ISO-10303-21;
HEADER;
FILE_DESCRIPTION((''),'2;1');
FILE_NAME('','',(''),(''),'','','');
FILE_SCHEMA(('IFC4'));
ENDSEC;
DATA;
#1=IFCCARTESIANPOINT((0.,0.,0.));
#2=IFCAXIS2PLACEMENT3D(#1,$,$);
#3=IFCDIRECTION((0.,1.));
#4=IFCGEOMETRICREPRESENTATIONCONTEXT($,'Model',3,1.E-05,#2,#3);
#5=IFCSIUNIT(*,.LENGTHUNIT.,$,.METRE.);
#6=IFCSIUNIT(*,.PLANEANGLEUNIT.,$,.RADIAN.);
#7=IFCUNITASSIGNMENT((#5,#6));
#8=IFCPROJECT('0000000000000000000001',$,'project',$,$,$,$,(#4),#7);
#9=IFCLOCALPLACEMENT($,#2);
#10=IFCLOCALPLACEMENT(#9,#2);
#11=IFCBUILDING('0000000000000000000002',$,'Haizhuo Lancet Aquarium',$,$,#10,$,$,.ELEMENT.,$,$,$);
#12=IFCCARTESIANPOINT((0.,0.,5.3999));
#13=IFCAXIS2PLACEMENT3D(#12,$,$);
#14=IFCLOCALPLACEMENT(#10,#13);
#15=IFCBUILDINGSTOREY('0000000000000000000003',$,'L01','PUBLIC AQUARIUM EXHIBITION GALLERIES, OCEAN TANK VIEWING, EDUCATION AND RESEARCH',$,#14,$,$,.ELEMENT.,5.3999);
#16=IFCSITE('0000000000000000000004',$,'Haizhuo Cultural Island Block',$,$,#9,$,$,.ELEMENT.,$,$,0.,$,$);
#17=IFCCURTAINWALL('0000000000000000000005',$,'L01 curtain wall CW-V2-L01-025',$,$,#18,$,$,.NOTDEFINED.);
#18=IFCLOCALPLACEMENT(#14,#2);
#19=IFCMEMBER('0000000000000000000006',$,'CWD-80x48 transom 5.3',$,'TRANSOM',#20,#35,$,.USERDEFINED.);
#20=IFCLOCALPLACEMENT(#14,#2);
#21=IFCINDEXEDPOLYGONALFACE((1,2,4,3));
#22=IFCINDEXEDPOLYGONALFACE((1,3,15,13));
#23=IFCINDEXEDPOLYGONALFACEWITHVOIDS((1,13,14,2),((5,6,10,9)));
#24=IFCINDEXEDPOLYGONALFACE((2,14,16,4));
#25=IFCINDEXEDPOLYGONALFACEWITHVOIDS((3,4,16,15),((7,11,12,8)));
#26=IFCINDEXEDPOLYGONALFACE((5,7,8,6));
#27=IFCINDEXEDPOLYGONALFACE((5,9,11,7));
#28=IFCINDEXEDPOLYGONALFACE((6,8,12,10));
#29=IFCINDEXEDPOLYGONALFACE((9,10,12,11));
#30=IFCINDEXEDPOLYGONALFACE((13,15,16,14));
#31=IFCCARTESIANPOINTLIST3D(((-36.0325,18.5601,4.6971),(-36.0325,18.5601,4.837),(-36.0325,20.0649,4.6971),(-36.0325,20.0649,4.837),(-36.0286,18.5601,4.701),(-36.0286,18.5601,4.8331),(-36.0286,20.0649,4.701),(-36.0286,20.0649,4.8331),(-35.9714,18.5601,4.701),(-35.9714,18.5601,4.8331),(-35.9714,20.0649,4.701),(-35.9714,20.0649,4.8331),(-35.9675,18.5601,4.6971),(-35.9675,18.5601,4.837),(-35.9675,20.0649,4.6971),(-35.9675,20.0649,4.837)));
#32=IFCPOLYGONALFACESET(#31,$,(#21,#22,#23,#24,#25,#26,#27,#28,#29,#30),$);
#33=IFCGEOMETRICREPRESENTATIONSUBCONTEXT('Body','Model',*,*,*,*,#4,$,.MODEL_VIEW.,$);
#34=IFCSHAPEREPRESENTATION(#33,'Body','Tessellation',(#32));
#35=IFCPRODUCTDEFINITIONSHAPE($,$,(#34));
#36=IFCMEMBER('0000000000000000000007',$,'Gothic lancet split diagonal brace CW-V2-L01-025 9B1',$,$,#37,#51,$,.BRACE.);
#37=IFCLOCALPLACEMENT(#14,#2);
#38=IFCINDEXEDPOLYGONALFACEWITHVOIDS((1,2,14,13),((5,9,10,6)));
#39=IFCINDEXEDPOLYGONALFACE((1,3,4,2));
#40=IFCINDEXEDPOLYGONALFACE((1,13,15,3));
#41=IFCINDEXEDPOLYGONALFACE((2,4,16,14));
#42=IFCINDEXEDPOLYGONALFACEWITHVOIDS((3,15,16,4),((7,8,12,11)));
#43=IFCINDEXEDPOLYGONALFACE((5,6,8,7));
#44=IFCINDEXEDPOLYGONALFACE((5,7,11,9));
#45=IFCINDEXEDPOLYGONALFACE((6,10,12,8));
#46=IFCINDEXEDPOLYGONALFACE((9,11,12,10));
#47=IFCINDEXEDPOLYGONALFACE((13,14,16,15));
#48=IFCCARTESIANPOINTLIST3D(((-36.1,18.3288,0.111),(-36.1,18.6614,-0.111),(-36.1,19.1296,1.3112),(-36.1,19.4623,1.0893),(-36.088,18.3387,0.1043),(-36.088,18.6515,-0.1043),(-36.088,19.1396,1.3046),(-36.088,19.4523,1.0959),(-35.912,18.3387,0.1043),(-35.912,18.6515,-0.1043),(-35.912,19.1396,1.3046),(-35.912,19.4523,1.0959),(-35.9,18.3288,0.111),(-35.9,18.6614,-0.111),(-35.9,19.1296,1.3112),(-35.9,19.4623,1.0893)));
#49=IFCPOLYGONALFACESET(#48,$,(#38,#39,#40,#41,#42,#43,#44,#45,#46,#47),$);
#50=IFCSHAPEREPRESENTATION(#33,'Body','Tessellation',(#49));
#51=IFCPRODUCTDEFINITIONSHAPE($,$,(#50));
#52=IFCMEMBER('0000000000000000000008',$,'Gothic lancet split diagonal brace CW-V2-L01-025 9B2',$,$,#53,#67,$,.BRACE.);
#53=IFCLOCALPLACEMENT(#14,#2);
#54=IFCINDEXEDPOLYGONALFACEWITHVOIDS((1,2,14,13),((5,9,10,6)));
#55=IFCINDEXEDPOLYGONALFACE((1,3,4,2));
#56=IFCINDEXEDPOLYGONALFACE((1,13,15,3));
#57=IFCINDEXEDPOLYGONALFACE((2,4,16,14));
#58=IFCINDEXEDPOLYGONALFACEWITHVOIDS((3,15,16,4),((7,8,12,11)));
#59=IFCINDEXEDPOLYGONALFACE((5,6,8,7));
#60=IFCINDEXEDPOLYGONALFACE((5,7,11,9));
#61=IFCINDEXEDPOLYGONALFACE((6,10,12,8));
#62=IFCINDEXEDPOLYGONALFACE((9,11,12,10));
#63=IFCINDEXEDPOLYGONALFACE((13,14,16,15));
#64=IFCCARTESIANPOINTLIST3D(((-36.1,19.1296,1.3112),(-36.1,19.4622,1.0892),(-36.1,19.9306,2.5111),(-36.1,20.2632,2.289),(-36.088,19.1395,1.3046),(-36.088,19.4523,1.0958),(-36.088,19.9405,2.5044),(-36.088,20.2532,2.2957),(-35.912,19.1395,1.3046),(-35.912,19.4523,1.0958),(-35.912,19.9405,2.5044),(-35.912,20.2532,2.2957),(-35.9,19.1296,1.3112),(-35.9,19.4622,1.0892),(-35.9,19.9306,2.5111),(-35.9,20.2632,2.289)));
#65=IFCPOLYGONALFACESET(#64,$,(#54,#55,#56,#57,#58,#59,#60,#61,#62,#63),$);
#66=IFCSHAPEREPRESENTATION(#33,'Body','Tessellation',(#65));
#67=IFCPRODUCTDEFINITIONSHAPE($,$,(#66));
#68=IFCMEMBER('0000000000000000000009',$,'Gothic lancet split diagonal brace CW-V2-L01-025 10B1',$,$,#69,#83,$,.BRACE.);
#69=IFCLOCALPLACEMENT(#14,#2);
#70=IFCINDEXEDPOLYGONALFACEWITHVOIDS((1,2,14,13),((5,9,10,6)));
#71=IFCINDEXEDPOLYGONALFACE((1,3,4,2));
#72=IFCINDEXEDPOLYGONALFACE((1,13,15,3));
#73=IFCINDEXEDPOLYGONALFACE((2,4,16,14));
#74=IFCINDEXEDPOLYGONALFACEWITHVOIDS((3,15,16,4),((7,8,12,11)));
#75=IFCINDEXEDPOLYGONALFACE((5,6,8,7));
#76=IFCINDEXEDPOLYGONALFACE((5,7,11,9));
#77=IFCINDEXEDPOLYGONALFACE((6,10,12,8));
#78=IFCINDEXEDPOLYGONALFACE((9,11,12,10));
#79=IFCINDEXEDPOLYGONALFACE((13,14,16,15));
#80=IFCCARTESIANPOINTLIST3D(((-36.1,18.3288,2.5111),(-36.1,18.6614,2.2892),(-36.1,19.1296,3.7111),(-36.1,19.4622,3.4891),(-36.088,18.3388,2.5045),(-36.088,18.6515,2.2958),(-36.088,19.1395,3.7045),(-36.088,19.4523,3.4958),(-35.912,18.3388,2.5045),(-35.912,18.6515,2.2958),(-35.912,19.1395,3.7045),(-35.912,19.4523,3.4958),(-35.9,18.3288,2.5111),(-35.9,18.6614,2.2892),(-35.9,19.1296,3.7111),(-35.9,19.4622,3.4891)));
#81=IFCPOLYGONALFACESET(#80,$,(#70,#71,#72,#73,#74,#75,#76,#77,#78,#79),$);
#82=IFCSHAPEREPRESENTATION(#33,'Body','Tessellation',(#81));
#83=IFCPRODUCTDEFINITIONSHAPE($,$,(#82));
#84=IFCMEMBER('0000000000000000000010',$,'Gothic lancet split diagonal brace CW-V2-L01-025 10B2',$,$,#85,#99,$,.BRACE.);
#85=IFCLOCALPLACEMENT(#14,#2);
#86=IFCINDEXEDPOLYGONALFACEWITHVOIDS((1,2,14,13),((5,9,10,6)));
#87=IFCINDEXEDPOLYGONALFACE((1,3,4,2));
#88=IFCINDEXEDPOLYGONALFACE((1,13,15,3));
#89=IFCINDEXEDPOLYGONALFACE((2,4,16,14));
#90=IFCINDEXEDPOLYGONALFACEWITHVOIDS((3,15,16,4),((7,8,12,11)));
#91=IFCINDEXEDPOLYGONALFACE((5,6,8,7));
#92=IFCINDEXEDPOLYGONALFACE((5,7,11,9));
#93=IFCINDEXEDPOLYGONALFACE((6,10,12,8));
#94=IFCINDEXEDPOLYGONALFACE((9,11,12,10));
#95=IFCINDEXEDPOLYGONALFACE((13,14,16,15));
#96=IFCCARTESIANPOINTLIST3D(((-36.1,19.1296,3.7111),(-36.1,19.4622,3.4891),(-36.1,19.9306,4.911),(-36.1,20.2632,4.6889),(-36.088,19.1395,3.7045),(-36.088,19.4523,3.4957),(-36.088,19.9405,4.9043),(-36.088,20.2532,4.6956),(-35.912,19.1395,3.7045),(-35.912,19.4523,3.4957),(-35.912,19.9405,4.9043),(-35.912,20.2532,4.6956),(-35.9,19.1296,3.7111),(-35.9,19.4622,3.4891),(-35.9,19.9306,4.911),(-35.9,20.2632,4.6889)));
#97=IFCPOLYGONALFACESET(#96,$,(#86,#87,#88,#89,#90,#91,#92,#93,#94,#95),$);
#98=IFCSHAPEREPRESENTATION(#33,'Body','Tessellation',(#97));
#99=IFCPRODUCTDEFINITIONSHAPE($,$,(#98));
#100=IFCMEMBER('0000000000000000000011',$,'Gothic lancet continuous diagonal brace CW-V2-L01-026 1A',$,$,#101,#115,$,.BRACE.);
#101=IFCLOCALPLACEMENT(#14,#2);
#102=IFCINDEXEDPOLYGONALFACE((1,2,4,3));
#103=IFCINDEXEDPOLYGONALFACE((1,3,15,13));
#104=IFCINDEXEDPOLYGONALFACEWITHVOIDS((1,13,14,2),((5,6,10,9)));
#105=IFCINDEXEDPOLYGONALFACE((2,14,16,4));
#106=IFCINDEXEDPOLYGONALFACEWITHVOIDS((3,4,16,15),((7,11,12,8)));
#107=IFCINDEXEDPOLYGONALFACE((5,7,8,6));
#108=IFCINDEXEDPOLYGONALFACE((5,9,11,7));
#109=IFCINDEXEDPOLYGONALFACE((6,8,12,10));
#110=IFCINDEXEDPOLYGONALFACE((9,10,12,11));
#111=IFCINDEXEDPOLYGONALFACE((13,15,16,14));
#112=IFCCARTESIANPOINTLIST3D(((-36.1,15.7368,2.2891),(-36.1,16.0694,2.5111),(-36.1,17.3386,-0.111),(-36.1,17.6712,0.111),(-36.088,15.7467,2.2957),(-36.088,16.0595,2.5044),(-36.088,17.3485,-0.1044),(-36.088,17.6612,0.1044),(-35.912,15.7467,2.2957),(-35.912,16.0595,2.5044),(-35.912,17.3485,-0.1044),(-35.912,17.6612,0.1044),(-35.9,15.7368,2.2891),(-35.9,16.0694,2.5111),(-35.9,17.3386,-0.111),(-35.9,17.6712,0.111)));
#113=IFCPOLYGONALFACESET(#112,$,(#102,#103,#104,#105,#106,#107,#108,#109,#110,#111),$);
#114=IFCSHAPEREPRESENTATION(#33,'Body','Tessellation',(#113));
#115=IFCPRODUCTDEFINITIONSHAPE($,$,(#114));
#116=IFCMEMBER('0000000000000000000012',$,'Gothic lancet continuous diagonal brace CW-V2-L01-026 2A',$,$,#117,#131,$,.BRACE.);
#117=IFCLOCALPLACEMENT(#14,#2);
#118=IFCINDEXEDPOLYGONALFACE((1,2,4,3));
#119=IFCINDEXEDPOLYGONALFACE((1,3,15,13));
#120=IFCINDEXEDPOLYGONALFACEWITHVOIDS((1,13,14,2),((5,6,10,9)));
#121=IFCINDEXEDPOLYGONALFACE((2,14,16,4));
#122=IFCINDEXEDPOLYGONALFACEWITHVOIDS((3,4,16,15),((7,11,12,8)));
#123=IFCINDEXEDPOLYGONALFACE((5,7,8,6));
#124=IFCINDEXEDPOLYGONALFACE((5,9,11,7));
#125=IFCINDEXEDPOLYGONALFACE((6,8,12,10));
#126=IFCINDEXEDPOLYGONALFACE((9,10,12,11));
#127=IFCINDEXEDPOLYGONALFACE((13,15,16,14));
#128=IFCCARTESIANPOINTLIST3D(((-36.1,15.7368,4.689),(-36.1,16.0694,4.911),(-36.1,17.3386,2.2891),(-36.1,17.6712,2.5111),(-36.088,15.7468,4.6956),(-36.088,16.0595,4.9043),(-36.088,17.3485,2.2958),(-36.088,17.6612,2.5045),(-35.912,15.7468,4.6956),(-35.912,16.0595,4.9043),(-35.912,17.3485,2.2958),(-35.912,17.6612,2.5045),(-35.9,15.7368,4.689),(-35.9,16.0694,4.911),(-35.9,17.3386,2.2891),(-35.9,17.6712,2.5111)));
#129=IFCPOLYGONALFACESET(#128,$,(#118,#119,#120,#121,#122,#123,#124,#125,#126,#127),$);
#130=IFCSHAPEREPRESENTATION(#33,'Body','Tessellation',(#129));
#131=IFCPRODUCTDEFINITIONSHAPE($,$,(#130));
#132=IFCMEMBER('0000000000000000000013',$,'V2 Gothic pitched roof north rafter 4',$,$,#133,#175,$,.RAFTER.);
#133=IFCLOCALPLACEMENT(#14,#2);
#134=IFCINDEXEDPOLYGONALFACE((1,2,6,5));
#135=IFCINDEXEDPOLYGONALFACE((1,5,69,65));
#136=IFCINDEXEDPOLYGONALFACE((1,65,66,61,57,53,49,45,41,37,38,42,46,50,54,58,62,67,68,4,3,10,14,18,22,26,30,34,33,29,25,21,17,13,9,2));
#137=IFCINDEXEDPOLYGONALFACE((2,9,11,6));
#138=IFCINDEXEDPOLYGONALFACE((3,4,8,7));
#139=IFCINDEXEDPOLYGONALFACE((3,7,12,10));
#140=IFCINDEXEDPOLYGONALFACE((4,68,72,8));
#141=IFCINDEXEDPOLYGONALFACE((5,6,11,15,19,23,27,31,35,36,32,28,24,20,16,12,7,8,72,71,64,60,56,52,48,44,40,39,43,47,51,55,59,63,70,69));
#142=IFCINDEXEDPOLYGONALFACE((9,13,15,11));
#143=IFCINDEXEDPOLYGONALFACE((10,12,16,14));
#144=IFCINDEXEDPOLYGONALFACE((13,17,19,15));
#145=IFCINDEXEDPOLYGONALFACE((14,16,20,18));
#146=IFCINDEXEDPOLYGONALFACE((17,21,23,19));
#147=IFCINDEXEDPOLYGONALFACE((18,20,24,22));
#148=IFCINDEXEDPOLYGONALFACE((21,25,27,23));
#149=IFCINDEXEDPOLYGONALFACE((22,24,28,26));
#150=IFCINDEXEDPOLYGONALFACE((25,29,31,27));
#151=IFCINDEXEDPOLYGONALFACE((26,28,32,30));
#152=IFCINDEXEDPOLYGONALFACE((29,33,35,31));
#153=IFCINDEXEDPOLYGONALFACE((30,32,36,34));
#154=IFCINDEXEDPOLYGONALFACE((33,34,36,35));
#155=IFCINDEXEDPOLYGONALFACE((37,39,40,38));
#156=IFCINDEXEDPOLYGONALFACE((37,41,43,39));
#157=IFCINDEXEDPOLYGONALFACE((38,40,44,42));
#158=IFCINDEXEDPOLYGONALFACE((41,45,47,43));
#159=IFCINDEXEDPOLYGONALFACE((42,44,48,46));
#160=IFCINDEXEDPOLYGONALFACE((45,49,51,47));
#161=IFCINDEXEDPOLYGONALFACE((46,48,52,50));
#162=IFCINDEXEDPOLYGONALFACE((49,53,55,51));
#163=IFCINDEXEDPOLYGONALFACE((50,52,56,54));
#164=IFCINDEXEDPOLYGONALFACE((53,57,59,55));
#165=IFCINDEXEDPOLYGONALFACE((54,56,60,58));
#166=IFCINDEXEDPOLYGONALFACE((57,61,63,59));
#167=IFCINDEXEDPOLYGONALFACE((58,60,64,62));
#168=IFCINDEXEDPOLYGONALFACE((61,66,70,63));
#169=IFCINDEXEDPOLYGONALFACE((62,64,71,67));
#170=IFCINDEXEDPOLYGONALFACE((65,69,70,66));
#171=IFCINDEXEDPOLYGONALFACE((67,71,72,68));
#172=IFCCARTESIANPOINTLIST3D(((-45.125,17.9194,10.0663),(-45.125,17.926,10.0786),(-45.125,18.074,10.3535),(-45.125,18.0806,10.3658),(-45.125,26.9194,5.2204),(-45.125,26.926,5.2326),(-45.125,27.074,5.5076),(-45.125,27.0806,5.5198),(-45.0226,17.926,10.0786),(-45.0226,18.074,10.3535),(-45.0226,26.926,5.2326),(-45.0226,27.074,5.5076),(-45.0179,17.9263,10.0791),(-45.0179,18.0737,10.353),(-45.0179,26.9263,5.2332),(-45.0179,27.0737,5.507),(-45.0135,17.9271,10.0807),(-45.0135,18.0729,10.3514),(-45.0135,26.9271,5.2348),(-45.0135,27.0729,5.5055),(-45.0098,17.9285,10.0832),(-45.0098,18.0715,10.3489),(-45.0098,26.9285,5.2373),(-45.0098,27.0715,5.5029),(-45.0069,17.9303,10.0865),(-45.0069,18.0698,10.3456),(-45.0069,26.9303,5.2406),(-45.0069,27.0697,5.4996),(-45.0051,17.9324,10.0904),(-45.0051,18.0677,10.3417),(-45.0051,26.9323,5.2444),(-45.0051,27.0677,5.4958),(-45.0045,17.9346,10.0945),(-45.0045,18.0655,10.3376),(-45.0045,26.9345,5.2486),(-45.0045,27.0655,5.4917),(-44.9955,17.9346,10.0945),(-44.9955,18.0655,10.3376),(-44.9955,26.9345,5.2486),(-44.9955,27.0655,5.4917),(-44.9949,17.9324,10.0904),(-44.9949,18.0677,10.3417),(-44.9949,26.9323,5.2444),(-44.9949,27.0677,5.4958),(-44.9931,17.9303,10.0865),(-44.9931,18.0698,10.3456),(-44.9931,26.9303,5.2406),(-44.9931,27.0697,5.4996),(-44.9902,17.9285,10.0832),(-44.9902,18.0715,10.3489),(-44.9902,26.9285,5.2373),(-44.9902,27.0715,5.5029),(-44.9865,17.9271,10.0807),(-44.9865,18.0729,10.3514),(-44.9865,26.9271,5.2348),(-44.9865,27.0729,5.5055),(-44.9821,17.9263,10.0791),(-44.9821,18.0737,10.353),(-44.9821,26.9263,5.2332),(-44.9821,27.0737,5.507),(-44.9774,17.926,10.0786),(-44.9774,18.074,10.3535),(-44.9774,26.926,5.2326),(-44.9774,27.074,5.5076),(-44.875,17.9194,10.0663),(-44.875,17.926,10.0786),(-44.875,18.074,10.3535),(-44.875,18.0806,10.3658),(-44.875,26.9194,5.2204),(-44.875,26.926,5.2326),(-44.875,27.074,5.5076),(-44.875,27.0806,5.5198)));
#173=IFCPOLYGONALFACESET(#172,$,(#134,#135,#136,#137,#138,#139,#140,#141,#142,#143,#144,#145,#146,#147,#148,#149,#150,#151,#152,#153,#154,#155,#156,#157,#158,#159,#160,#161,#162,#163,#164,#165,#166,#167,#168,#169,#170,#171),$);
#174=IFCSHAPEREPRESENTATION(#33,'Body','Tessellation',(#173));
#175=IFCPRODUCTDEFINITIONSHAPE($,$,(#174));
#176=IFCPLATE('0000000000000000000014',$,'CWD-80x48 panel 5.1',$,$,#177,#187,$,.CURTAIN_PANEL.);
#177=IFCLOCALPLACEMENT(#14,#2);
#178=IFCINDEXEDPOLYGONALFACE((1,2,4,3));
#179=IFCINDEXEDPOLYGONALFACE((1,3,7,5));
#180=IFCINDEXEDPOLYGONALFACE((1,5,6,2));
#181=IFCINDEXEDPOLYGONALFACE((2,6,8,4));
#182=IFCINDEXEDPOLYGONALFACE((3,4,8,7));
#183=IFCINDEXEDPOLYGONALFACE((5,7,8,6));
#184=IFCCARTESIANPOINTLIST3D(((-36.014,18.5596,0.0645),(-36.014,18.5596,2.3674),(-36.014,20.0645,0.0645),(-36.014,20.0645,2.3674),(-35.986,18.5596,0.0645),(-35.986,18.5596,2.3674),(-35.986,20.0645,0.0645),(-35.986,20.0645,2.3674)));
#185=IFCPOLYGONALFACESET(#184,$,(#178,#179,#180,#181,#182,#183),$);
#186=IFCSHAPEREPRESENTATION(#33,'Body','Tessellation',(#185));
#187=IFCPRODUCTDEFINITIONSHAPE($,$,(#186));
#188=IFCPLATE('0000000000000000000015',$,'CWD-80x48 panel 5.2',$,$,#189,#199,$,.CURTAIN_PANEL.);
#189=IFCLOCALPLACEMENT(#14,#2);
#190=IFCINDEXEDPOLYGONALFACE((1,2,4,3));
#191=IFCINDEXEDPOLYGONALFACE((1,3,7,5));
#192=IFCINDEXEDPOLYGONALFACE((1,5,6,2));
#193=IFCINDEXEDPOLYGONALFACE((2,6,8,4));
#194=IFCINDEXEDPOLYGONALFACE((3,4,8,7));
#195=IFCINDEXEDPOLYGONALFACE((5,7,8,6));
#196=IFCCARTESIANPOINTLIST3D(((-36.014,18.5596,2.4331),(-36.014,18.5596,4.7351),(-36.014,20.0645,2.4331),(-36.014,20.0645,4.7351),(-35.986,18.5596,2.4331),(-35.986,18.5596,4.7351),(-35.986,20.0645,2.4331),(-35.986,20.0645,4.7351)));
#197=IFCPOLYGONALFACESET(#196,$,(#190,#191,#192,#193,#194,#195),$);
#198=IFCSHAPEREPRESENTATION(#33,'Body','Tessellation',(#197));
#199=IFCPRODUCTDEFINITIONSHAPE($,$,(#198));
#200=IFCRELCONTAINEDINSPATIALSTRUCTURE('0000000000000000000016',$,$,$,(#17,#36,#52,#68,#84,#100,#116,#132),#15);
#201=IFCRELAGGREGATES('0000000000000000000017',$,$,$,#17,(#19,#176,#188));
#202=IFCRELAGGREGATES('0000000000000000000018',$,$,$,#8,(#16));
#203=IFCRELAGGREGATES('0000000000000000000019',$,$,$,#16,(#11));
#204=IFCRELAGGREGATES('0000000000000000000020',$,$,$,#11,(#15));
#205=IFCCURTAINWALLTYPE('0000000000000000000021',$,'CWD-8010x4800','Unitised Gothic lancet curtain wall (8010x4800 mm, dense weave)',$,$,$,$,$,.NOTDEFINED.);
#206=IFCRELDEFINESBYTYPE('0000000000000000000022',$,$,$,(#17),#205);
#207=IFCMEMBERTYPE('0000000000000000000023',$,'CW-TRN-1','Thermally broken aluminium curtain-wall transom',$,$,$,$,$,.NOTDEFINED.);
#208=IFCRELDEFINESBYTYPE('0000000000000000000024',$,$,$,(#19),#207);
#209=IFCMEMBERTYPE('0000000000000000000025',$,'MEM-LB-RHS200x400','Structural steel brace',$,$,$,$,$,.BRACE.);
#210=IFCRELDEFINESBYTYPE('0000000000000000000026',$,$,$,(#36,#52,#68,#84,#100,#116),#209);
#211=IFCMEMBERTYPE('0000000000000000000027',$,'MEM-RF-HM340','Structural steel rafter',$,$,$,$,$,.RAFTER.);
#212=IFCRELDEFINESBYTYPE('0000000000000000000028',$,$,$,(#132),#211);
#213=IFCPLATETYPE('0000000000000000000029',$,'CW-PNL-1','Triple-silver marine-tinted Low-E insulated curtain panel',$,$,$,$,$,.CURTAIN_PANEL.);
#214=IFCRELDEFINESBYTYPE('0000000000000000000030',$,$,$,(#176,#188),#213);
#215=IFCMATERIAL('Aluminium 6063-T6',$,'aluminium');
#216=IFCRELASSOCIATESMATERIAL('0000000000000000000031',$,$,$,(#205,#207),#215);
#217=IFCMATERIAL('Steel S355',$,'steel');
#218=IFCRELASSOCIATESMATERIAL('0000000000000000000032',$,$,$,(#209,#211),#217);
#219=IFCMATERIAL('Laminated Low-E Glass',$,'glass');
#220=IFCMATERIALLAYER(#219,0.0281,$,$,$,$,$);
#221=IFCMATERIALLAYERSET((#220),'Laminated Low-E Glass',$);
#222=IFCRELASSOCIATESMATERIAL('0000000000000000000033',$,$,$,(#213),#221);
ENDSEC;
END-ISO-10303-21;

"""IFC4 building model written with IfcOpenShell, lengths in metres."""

from ifc_helpers import new_model, si_unit, direction, frame, origin, origin_2d, place, context, subcontext, project, spatial, rectangle, hollow_rectangle, i_section, extrude, material, layer, layer_set, material_profile, profile_set, type_object, element, aggregate, save


model = new_model("IFC4")

# Units and contexts
model_context = context("Model", 3, precision=1e-05, world=origin(), true_north=direction((0.0, 1.0)))
body_context = subcontext(model_context, "Body", "Model", "MODEL_VIEW")
ifc_project = project(units=[si_unit("LENGTHUNIT", "METRE"), si_unit("PLANEANGLEUNIT", "RADIAN")], contexts=[model_context])

# Site, building, storey
site_placement = place(None, origin())
site = spatial("IfcSite", under=ifc_project, at=site_placement, Name="Haizhuo Cultural Island Block", CompositionType="ELEMENT", RefElevation=0.0)
building_placement = place(site_placement, origin())
building = spatial("IfcBuilding", under=site, at=building_placement, Name="Haizhuo Lancet Aquarium", CompositionType="ELEMENT")
storey_placement = place(building_placement, frame((0.0, 0.0, 5.3999)))
storey = spatial("IfcBuildingStorey", under=building, at=storey_placement, Name="L01", Description="PUBLIC AQUARIUM EXHIBITION GALLERIES, OCEAN TANK VIEWING, EDUCATION AND RESEARCH", CompositionType="ELEMENT", Elevation=5.3999)

# Shared definitions
ifc_material_1 = material(Name="Steel S355", Category="steel")

# Curtain wall, member
ifc_material_2 = material(Name="Aluminium 6063-T6", Category="aluminium")
curtain_wall_type = type_object("IfcCurtainWallType", Name="CWD-8010x4800", Description="Unitised Gothic lancet curtain wall (8010x4800 mm, dense weave)", PredefinedType="NOTDEFINED", material=ifc_material_2)
curtain_wall_placement = place(storey_placement, origin())
curtain_wall = element("IfcCurtainWall", 1, at=curtain_wall_placement, inside=storey, type_object=curtain_wall_type, Name="L01 curtain wall CW-V2-L01-025", PredefinedType="NOTDEFINED")
ifc_material_profile_1 = material_profile(ifc_material_2, hollow_rectangle(XDim=0.0649, YDim=0.1399, WallThickness=0.0039, at=origin_2d()), Name="ALU-T 65x140x4")
ifc_profile_set_1 = profile_set([ifc_material_profile_1], Name="Aluminium 6063-T6")
member_type_1 = type_object("IfcMemberType", Name="CW-TRN-1", Description="Thermally broken aluminium curtain-wall transom", PredefinedType="NOTDEFINED", material=ifc_profile_set_1)
member_1_placement = place(storey_placement, frame((-36.0, 20.0649, 4.7671), z_axis=(0.0, -1.0, 0.0), x_axis=(1.0, 0.0, 0.0)))
member_1 = element("IfcMember", 2, at=member_1_placement, type_object=member_type_1, Name="CWD-80x48 transom 5.3", ObjectType="TRANSOM", PredefinedType="USERDEFINED", context=body_context, shape_type="SweptSolid", body=[
    extrude(hollow_rectangle(XDim=0.0649, YDim=0.1399, WallThickness=0.0039, at=origin_2d()), origin(), (0.0, 0.0, 1.0), 1.5049),
])

# Members
ifc_material_profile_2 = material_profile(ifc_material_1, hollow_rectangle(XDim=0.2, YDim=0.3999, WallThickness=0.012, at=origin_2d()), Name="RHS 200x400x12")
ifc_profile_set_2 = profile_set([ifc_material_profile_2], Name="Steel S355")
member_type_2 = type_object("IfcMemberType", Name="MEM-LB-RHS200x400", Description="Structural steel brace", PredefinedType="BRACE", material=ifc_profile_set_2)
member_2_placement = place(storey_placement, frame((-36.0, 18.4951, 0.0), z_axis=(0.0, 0.555013, 0.831842), x_axis=(-1.0, 0.0, 0.0)))
element("IfcMember", 3, at=member_2_placement, inside=storey, type_object=member_type_2, Name="Gothic lancet split diagonal brace CW-V2-L01-025 9B1", PredefinedType="BRACE", context=body_context, shape_type="SweptSolid", body=[
    extrude(hollow_rectangle(XDim=0.2, YDim=0.3999, WallThickness=0.012, at=origin_2d()), origin(), (0.0, 0.0, 1.0), 1.4429),
])
for number, where, z_axis, x_axis, name in (
    (4, (-36.0, 19.2959, 1.2002), (0.0, 0.555208, 0.831712), (-1.0, 0.0, 0.0), "Gothic lancet split diagonal brace CW-V2-L01-025 9B2"),
    (5, (-36.0, 18.4951, 2.4001), (0.0, 0.555091, 0.83179), (-1.0, 0.0, 0.0), "Gothic lancet split diagonal brace CW-V2-L01-025 10B1"),
    (6, (-36.0, 19.2959, 3.6001), (0.0, 0.555208, 0.831712), (-1.0, 0.0, 0.0), "Gothic lancet split diagonal brace CW-V2-L01-025 10B2"),
):
    element("IfcMember", number, at=place(storey_placement, frame(where, z_axis=z_axis, x_axis=x_axis)), inside=storey, type_object=member_type_2, Name=name, PredefinedType="BRACE", context=body_context, shape_type="SweptSolid", body=[
        extrude(hollow_rectangle(XDim=0.2, YDim=0.3999, WallThickness=0.012, at=origin_2d()), origin(), (0.0, 0.0, 1.0), 1.4426),
    ])
member_3_placement = place(storey_placement, frame((-36.0, 17.5049, 0.0), z_axis=(0.0, -0.55511, 0.831777), x_axis=(1.0, 0.0, 0.0)))
element("IfcMember", 7, at=member_3_placement, inside=storey, type_object=member_type_2, Name="Gothic lancet continuous diagonal brace CW-V2-L01-026 1A", PredefinedType="BRACE", context=body_context, shape_type="SweptSolid", body=[
    extrude(hollow_rectangle(XDim=0.2, YDim=0.3999, WallThickness=0.012, at=origin_2d()), origin(), (0.0, 0.0, 1.0), 2.8855),
])
member_4_placement = place(storey_placement, frame((-36.0, 17.5049, 2.4001), z_axis=(0.0, -0.555149, 0.831751), x_axis=(1.0, 0.0, 0.0)))
element("IfcMember", 8, at=member_4_placement, inside=storey, type_object=member_type_2, Name="Gothic lancet continuous diagonal brace CW-V2-L01-026 2A", PredefinedType="BRACE", context=body_context, shape_type="SweptSolid", body=[
    extrude(hollow_rectangle(XDim=0.2, YDim=0.3999, WallThickness=0.012, at=origin_2d()), origin(), (0.0, 0.0, 1.0), 2.8853),
])
ifc_material_profile_3 = material_profile(ifc_material_1, i_section(OverallWidth=0.25, OverallDepth=0.3401, WebThickness=0.009, FlangeThickness=0.0139, FilletRadius=0.0181, at=origin_2d()), Name="HM 340x250x9x14")
ifc_profile_set_3 = profile_set([ifc_material_profile_3], Name="Steel S355")
member_type_3 = type_object("IfcMemberType", Name="MEM-RF-HM340", Description="Structural steel rafter", PredefinedType="RAFTER", material=ifc_profile_set_3)
member_5_placement = place(storey_placement, frame((-45.0, 27.0, 5.3701), z_axis=(0.0, -0.88048, 0.474084), x_axis=(1.0, 0.0, 0.0)))
element("IfcMember", 9, at=member_5_placement, inside=storey, type_object=member_type_3, Name="V2 Gothic pitched roof north rafter 4", PredefinedType="RAFTER", context=body_context, shape_type="SweptSolid", body=[
    extrude(i_section(OverallWidth=0.25, OverallDepth=0.3401, WebThickness=0.009, FlangeThickness=0.0139, FilletRadius=0.0181, at=origin_2d()), origin(), (0.0, 0.0, 1.0), 10.2217),
])

# Plates
ifc_material_3 = material(Name="Laminated Low-E Glass", Category="glass")
ifc_layer_1 = layer(ifc_material_3, 0.0281)
ifc_layer_set_1 = layer_set([ifc_layer_1], Name="Laminated Low-E Glass")
plate_type_1 = type_object("IfcPlateType", Name="CW-PNL-1", Description="Triple-silver marine-tinted Low-E insulated curtain panel", PredefinedType="CURTAIN_PANEL", material=ifc_layer_set_1)
plate_1_placement = place(storey_placement, frame((-36.0, 19.312, 0.0645), z_axis=(0.0, 0.0, 1.0), x_axis=(0.0, -1.0, 0.0)))
plate_1 = element("IfcPlate", 10, at=plate_1_placement, type_object=plate_type_1, Name="CWD-80x48 panel 5.1", PredefinedType="CURTAIN_PANEL", context=body_context, shape_type="SweptSolid", body=[
    extrude(rectangle(XDim=1.5049, YDim=0.0281, at=origin_2d()), origin(), (0.0, 0.0, 1.0), 2.303),
])
plate_2_placement = place(storey_placement, frame((-36.0, 19.312, 2.4331), z_axis=(0.0, 0.0, 1.0), x_axis=(0.0, -1.0, 0.0)))
plate_2 = element("IfcPlate", 11, at=plate_2_placement, type_object=plate_type_1, Name="CWD-80x48 panel 5.2", PredefinedType="CURTAIN_PANEL", context=body_context, shape_type="SweptSolid", body=[
    extrude(rectangle(XDim=1.5049, YDim=0.0281, at=origin_2d()), origin(), (0.0, 0.0, 1.0), 2.302),
])
aggregate(curtain_wall, [member_1, plate_1, plate_2])

save(model, "model.ifc")
